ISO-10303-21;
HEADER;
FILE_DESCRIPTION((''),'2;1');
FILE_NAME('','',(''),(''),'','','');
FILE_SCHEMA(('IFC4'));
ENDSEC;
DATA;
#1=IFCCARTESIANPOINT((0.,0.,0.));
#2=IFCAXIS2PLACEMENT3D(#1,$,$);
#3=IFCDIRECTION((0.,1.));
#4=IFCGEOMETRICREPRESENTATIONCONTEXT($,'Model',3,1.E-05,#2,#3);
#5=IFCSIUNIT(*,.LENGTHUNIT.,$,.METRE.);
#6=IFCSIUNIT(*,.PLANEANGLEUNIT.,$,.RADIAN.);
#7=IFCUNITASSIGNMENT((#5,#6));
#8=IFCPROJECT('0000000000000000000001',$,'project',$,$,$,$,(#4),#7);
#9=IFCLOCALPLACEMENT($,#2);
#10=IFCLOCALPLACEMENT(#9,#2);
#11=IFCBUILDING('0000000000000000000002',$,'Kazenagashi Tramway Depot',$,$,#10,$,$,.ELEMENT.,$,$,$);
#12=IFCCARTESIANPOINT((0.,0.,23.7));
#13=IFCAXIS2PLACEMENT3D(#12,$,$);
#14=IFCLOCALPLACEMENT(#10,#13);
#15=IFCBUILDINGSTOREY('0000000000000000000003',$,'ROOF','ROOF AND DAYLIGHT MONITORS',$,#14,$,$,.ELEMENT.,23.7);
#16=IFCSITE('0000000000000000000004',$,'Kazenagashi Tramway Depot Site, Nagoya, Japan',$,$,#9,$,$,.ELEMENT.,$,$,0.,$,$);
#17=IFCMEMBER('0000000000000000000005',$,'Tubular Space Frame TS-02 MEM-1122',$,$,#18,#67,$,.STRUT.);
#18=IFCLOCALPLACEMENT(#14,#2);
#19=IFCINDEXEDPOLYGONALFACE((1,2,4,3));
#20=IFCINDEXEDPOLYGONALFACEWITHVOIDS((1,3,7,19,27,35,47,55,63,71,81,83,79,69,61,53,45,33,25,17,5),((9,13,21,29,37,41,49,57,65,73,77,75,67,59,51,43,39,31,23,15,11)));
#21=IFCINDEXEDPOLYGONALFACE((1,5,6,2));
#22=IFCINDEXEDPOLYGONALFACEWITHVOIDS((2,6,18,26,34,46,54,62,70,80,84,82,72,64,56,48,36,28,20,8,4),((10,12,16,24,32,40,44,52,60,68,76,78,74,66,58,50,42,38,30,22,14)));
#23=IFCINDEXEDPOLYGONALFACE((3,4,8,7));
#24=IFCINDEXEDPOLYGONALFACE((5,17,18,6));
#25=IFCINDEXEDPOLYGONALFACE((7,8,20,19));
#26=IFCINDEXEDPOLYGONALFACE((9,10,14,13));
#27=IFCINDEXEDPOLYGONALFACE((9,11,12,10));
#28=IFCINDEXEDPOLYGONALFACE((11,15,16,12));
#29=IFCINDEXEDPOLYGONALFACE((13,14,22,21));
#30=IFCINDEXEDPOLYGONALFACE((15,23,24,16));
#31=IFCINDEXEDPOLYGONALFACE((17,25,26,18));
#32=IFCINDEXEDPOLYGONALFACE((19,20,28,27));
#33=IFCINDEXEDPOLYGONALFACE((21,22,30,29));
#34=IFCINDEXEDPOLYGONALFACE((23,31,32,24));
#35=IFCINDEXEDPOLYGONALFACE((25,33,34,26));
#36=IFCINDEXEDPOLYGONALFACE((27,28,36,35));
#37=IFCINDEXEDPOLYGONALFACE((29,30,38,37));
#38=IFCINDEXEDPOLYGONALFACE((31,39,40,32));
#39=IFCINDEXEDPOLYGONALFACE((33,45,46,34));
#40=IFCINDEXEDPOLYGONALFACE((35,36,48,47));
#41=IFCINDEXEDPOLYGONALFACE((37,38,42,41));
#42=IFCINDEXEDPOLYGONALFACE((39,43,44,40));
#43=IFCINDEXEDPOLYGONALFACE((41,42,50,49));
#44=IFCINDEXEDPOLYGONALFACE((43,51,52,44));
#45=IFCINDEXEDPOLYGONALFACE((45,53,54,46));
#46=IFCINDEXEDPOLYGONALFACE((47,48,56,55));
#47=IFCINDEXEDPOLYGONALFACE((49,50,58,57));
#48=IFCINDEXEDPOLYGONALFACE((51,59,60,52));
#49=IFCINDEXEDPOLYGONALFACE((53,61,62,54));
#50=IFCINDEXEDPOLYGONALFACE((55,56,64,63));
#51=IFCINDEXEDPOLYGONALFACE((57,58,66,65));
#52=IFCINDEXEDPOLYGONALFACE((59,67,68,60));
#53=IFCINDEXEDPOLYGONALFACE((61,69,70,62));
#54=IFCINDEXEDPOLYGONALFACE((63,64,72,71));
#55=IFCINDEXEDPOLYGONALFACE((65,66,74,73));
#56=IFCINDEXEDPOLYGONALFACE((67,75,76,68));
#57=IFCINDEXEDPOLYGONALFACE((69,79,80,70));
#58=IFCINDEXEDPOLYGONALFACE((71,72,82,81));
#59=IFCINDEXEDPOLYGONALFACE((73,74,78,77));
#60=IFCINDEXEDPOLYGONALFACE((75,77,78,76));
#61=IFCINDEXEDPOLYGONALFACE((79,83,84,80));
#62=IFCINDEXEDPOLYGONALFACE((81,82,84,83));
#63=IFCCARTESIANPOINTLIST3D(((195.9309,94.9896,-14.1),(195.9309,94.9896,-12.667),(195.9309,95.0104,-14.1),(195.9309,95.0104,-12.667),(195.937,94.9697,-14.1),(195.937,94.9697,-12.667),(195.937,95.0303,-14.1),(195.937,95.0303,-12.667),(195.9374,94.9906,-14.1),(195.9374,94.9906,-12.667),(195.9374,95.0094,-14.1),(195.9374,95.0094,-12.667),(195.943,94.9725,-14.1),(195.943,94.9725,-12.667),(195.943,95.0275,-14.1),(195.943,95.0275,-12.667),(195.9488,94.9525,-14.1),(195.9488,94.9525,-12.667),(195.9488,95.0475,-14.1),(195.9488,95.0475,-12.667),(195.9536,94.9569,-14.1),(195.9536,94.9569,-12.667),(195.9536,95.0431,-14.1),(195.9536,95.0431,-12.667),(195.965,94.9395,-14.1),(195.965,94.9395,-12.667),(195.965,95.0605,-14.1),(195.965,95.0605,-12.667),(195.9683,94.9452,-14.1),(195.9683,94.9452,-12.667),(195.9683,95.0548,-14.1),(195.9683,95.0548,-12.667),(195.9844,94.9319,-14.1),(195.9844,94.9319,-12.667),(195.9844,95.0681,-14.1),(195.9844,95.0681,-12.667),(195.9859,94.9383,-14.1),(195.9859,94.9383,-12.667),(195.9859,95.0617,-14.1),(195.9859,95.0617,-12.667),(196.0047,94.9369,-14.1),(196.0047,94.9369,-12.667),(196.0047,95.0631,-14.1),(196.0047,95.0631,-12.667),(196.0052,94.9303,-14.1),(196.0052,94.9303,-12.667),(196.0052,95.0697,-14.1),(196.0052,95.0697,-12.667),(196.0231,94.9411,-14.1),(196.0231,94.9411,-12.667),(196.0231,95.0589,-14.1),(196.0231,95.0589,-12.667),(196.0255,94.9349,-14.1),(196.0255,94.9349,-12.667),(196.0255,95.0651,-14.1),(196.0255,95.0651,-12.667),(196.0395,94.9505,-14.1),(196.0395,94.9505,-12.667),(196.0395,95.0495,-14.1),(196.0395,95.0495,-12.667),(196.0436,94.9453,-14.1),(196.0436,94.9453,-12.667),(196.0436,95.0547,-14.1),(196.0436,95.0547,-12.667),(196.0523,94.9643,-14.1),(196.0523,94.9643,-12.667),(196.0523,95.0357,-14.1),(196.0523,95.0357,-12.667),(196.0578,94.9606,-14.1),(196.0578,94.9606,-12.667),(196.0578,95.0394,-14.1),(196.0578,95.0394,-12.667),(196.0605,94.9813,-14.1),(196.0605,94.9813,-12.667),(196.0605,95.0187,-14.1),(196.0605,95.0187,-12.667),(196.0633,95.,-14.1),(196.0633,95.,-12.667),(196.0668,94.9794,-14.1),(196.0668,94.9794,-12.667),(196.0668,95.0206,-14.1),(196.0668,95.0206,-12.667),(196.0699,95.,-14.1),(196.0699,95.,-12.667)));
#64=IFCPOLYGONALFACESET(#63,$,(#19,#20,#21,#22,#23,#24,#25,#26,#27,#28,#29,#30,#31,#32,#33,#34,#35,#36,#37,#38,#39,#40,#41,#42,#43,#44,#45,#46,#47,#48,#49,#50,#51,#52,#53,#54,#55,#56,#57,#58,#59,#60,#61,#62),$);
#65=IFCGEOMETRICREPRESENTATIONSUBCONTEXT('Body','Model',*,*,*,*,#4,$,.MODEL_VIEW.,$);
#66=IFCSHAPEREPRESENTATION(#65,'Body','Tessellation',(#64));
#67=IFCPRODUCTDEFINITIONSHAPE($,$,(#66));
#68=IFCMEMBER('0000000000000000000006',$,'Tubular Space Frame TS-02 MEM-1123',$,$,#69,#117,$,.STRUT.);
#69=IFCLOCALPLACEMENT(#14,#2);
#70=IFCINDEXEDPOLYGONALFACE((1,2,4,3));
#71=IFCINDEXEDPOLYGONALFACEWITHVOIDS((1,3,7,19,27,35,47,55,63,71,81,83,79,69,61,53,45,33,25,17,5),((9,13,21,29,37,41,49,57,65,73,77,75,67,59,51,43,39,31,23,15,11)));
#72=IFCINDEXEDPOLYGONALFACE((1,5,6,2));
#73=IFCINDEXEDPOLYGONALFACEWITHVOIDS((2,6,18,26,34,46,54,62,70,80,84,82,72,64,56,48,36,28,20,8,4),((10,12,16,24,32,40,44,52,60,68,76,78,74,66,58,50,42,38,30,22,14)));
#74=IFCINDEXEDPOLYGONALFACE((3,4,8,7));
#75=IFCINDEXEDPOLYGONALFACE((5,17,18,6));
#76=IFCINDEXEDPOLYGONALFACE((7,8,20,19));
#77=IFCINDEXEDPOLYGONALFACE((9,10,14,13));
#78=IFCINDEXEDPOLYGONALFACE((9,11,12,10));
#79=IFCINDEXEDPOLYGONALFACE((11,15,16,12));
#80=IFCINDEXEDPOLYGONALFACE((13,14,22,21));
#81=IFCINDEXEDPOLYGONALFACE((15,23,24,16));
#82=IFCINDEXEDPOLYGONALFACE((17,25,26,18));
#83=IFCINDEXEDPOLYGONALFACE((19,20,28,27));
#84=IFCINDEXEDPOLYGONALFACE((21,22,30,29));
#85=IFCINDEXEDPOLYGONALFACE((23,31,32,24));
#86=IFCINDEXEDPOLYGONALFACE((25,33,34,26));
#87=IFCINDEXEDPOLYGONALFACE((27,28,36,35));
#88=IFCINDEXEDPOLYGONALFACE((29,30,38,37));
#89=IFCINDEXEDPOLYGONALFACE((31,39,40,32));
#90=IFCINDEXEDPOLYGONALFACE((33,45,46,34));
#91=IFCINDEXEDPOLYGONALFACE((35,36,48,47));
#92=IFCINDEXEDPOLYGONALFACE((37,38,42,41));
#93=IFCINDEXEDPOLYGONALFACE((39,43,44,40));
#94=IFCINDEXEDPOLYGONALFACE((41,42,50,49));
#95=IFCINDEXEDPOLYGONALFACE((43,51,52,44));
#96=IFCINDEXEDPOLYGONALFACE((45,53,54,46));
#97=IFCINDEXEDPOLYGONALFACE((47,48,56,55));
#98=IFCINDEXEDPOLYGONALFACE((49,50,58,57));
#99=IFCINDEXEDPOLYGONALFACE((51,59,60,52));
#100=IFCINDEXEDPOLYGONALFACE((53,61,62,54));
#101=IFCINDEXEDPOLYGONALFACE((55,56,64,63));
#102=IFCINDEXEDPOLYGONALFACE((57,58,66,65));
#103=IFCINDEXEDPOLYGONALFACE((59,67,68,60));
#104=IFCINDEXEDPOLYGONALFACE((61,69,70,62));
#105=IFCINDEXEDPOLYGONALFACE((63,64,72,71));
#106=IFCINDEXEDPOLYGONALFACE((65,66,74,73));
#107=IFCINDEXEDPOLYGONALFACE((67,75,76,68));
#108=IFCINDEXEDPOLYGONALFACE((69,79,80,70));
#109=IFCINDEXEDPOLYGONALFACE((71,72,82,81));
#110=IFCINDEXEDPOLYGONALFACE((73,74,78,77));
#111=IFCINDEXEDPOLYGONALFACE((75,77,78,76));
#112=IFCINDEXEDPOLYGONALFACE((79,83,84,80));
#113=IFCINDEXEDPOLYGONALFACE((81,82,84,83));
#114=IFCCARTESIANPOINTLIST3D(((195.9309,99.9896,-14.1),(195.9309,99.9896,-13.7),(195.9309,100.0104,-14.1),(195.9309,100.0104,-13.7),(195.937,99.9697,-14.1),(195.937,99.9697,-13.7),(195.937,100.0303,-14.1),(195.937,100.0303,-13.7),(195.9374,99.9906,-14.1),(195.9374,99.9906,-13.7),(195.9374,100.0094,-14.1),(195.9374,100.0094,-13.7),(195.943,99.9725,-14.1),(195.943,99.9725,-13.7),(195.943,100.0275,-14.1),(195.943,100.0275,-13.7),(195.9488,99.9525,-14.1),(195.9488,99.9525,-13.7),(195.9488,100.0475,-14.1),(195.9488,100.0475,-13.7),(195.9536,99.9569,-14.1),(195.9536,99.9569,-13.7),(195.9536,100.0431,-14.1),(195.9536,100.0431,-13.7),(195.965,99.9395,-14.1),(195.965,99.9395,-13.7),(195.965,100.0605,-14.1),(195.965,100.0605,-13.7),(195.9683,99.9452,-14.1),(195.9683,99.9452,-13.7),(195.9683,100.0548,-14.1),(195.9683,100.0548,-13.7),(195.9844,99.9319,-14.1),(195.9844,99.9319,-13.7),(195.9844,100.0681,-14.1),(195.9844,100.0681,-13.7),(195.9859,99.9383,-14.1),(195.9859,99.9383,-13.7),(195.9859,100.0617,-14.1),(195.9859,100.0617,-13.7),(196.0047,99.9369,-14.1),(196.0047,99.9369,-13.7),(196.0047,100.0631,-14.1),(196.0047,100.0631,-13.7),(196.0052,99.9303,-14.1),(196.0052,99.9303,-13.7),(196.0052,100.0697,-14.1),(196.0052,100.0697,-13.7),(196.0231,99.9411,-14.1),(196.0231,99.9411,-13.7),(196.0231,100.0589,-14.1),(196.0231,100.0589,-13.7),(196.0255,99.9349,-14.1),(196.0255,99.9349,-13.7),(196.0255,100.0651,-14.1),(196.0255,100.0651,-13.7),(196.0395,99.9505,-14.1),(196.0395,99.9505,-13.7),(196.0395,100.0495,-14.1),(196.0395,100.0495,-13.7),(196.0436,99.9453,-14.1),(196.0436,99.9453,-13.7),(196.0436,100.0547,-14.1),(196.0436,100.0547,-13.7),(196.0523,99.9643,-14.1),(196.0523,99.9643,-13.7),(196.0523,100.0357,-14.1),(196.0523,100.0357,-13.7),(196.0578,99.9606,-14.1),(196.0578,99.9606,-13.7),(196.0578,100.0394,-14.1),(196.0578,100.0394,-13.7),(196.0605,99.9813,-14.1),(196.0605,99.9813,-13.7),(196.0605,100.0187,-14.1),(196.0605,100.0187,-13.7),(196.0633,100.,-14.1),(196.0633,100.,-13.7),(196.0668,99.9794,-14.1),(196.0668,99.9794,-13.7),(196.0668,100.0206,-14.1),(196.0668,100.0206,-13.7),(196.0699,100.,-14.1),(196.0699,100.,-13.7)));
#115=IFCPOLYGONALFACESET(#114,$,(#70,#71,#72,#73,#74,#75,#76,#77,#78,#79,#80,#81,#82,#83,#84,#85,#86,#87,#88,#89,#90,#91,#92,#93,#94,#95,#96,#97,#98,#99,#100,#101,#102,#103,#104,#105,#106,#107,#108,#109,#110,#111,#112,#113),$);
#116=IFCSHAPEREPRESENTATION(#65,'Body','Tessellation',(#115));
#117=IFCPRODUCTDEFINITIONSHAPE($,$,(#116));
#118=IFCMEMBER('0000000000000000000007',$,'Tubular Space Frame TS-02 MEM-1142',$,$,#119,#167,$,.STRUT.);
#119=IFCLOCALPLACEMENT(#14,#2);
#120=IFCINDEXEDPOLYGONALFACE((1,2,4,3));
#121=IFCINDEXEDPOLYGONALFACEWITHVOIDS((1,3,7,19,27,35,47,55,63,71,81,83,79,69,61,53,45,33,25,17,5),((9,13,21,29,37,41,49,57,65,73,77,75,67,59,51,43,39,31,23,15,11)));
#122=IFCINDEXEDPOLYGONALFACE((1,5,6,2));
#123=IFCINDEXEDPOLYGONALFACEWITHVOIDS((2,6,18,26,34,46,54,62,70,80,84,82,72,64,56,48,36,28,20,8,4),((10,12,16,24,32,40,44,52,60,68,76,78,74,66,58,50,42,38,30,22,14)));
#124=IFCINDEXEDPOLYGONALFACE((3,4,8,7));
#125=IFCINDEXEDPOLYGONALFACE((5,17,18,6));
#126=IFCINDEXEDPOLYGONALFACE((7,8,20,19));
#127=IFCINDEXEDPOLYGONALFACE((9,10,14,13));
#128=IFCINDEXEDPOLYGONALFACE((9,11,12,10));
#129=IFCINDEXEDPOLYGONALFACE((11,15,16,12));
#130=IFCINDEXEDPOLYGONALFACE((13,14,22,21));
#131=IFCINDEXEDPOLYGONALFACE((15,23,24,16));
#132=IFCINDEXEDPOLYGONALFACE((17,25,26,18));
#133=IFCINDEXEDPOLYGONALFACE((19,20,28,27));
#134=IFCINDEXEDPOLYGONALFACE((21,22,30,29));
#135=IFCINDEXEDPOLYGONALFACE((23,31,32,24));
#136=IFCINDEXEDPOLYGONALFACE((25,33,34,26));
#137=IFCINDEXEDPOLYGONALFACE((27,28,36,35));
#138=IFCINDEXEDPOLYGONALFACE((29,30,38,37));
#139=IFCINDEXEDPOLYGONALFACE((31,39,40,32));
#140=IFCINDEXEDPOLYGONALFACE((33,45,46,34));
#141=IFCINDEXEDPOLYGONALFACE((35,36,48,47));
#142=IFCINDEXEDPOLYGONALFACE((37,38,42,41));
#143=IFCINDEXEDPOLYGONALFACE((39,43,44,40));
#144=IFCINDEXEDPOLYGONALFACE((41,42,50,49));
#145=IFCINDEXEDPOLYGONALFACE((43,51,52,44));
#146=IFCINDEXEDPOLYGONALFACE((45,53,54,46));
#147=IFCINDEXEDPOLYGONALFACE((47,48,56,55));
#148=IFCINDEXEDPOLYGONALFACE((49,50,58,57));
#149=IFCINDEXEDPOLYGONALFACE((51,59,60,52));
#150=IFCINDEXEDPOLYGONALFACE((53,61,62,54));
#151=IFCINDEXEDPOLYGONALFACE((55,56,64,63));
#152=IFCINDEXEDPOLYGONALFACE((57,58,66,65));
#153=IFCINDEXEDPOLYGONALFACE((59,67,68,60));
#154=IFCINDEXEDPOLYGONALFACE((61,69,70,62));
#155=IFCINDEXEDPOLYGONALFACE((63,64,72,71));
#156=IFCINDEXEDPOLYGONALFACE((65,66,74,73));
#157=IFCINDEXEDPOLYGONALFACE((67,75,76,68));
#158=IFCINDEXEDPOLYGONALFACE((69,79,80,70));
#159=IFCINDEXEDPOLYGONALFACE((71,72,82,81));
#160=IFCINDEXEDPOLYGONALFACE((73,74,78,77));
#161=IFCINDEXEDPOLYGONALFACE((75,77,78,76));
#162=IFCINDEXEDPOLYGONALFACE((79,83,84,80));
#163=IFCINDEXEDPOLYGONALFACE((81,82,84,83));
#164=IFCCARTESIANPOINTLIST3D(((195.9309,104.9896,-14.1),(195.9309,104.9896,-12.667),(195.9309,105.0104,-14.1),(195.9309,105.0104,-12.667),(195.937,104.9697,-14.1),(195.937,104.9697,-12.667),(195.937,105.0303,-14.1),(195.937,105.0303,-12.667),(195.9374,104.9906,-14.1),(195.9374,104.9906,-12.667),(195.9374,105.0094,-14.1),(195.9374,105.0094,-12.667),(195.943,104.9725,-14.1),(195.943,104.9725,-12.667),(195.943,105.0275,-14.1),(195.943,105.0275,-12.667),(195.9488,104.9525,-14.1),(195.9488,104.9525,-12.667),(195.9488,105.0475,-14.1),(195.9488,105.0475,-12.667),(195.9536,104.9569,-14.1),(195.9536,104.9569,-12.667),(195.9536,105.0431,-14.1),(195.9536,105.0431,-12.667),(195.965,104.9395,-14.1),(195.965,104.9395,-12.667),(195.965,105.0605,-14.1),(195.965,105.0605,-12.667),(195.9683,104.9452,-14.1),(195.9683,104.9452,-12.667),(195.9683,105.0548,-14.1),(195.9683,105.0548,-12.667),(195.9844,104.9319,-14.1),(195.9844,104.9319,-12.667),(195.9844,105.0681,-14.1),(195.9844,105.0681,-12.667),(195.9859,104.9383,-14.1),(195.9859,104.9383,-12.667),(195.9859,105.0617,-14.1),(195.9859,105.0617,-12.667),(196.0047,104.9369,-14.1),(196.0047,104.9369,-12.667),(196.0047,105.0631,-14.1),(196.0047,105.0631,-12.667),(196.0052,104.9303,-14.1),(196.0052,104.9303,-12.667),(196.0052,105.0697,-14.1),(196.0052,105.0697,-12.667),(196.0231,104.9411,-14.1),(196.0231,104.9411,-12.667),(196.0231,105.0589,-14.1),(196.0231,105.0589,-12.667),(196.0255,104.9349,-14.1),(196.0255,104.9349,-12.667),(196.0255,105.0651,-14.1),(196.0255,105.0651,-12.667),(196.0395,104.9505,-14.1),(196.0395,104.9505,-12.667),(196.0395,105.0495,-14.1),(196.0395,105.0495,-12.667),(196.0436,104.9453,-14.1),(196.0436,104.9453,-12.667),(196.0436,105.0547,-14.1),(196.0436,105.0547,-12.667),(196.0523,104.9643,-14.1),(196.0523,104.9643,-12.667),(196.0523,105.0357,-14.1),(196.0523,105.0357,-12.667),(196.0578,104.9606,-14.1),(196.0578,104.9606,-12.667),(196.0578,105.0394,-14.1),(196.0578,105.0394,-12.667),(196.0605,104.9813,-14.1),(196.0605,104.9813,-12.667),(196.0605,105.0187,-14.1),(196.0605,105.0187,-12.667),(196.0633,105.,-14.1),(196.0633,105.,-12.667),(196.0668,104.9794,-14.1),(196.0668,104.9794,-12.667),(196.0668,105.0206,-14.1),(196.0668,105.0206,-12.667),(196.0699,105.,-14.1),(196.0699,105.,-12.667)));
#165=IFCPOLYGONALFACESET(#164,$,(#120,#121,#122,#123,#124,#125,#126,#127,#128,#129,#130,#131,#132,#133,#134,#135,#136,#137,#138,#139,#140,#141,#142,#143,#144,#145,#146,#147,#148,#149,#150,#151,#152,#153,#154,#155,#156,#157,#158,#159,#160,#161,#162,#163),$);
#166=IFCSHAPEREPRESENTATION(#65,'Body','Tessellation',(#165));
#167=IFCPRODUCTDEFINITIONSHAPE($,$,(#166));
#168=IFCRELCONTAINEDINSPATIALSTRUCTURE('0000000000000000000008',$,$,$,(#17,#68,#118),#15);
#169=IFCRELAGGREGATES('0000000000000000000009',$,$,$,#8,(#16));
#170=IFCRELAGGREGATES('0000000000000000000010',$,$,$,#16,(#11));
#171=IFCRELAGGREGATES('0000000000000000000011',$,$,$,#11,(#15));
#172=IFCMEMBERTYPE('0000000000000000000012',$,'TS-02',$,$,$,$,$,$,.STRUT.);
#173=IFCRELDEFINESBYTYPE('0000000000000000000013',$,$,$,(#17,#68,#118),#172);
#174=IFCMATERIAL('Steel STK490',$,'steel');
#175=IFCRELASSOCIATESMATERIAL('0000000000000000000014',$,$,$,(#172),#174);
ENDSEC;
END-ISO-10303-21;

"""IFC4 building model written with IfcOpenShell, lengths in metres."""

from ifc_helpers import new_model, si_unit, direction, frame, origin, origin_2d, place, context, subcontext, project, spatial, hollow_circle, extrude, material, material_profile, profile_set, type_object, element, save


model = new_model("IFC4")

# Units and contexts
model_context = context("Model", 3, precision=1e-05, world=origin(), true_north=direction((0.0, 1.0)))
body_context = subcontext(model_context, "Body", "Model", "MODEL_VIEW")
ifc_project = project(units=[si_unit("LENGTHUNIT", "METRE"), si_unit("PLANEANGLEUNIT", "RADIAN")], contexts=[model_context])

# Site, building, storey
site_placement = place(None, origin())
site = spatial("IfcSite", under=ifc_project, at=site_placement, Name="Kazenagashi Tramway Depot Site, Nagoya, Japan", CompositionType="ELEMENT", RefElevation=0.0)
building_placement = place(site_placement, origin())
building = spatial("IfcBuilding", under=site, at=building_placement, Name="Kazenagashi Tramway Depot", CompositionType="ELEMENT")
storey_placement = place(building_placement, frame((0.0, 0.0, 23.7)))
storey = spatial("IfcBuildingStorey", under=building, at=storey_placement, Name="ROOF", Description="ROOF AND DAYLIGHT MONITORS", CompositionType="ELEMENT", Elevation=23.7)

# Members
ifc_material_1 = material(Name="Steel STK490", Category="steel")
ifc_material_profile_1 = material_profile(ifc_material_1, hollow_circle(Radius=0.0699, WallThickness=0.0066, at=origin_2d()), Name="CHS-139.8x6.6")
ifc_profile_set_1 = profile_set([ifc_material_profile_1], Name="Steel STK490")
member_type_1 = type_object("IfcMemberType", Name="TS-02", PredefinedType="STRUT", material=ifc_profile_set_1)
for number, where, z_axis, x_axis, name in (
    (1, (196.0, 95.0, -14.1), (0.0, 0.0, 1.0), (1.0, 0.0, 0.0), "Tubular Space Frame TS-02 MEM-1122"),
):
    element("IfcMember", number, at=place(storey_placement, frame(where, z_axis=z_axis, x_axis=x_axis)), inside=storey, type_object=member_type_1, Name=name, PredefinedType="STRUT", context=body_context, shape_type="SweptSolid", body=[
        extrude(hollow_circle(Radius=0.0699, WallThickness=0.0066, at=origin_2d()), origin(), (0.0, 0.0, 1.0), 1.433),
    ])
member_1_placement = place(storey_placement, frame((196.0, 100.0, -14.1), z_axis=(0.0, 0.0, 1.0), x_axis=(1.0, 0.0, 0.0)))
element("IfcMember", 2, at=member_1_placement, inside=storey, type_object=member_type_1, Name="Tubular Space Frame TS-02 MEM-1123", PredefinedType="STRUT", context=body_context, shape_type="SweptSolid", body=[
    extrude(hollow_circle(Radius=0.0699, WallThickness=0.0066, at=origin_2d()), origin(), (0.0, 0.0, 1.0), 0.4),
])
member_2_placement = place(storey_placement, frame((196.0, 105.0, -14.1), z_axis=(0.0, 0.0, 1.0), x_axis=(1.0, 0.0, 0.0)))
element("IfcMember", 3, at=member_2_placement, inside=storey, type_object=member_type_1, Name="Tubular Space Frame TS-02 MEM-1142", PredefinedType="STRUT", context=body_context, shape_type="SweptSolid", body=[
    extrude(hollow_circle(Radius=0.0699, WallThickness=0.0066, at=origin_2d()), origin(), (0.0, 0.0, 1.0), 1.433),
])

save(model, "model.ifc")
